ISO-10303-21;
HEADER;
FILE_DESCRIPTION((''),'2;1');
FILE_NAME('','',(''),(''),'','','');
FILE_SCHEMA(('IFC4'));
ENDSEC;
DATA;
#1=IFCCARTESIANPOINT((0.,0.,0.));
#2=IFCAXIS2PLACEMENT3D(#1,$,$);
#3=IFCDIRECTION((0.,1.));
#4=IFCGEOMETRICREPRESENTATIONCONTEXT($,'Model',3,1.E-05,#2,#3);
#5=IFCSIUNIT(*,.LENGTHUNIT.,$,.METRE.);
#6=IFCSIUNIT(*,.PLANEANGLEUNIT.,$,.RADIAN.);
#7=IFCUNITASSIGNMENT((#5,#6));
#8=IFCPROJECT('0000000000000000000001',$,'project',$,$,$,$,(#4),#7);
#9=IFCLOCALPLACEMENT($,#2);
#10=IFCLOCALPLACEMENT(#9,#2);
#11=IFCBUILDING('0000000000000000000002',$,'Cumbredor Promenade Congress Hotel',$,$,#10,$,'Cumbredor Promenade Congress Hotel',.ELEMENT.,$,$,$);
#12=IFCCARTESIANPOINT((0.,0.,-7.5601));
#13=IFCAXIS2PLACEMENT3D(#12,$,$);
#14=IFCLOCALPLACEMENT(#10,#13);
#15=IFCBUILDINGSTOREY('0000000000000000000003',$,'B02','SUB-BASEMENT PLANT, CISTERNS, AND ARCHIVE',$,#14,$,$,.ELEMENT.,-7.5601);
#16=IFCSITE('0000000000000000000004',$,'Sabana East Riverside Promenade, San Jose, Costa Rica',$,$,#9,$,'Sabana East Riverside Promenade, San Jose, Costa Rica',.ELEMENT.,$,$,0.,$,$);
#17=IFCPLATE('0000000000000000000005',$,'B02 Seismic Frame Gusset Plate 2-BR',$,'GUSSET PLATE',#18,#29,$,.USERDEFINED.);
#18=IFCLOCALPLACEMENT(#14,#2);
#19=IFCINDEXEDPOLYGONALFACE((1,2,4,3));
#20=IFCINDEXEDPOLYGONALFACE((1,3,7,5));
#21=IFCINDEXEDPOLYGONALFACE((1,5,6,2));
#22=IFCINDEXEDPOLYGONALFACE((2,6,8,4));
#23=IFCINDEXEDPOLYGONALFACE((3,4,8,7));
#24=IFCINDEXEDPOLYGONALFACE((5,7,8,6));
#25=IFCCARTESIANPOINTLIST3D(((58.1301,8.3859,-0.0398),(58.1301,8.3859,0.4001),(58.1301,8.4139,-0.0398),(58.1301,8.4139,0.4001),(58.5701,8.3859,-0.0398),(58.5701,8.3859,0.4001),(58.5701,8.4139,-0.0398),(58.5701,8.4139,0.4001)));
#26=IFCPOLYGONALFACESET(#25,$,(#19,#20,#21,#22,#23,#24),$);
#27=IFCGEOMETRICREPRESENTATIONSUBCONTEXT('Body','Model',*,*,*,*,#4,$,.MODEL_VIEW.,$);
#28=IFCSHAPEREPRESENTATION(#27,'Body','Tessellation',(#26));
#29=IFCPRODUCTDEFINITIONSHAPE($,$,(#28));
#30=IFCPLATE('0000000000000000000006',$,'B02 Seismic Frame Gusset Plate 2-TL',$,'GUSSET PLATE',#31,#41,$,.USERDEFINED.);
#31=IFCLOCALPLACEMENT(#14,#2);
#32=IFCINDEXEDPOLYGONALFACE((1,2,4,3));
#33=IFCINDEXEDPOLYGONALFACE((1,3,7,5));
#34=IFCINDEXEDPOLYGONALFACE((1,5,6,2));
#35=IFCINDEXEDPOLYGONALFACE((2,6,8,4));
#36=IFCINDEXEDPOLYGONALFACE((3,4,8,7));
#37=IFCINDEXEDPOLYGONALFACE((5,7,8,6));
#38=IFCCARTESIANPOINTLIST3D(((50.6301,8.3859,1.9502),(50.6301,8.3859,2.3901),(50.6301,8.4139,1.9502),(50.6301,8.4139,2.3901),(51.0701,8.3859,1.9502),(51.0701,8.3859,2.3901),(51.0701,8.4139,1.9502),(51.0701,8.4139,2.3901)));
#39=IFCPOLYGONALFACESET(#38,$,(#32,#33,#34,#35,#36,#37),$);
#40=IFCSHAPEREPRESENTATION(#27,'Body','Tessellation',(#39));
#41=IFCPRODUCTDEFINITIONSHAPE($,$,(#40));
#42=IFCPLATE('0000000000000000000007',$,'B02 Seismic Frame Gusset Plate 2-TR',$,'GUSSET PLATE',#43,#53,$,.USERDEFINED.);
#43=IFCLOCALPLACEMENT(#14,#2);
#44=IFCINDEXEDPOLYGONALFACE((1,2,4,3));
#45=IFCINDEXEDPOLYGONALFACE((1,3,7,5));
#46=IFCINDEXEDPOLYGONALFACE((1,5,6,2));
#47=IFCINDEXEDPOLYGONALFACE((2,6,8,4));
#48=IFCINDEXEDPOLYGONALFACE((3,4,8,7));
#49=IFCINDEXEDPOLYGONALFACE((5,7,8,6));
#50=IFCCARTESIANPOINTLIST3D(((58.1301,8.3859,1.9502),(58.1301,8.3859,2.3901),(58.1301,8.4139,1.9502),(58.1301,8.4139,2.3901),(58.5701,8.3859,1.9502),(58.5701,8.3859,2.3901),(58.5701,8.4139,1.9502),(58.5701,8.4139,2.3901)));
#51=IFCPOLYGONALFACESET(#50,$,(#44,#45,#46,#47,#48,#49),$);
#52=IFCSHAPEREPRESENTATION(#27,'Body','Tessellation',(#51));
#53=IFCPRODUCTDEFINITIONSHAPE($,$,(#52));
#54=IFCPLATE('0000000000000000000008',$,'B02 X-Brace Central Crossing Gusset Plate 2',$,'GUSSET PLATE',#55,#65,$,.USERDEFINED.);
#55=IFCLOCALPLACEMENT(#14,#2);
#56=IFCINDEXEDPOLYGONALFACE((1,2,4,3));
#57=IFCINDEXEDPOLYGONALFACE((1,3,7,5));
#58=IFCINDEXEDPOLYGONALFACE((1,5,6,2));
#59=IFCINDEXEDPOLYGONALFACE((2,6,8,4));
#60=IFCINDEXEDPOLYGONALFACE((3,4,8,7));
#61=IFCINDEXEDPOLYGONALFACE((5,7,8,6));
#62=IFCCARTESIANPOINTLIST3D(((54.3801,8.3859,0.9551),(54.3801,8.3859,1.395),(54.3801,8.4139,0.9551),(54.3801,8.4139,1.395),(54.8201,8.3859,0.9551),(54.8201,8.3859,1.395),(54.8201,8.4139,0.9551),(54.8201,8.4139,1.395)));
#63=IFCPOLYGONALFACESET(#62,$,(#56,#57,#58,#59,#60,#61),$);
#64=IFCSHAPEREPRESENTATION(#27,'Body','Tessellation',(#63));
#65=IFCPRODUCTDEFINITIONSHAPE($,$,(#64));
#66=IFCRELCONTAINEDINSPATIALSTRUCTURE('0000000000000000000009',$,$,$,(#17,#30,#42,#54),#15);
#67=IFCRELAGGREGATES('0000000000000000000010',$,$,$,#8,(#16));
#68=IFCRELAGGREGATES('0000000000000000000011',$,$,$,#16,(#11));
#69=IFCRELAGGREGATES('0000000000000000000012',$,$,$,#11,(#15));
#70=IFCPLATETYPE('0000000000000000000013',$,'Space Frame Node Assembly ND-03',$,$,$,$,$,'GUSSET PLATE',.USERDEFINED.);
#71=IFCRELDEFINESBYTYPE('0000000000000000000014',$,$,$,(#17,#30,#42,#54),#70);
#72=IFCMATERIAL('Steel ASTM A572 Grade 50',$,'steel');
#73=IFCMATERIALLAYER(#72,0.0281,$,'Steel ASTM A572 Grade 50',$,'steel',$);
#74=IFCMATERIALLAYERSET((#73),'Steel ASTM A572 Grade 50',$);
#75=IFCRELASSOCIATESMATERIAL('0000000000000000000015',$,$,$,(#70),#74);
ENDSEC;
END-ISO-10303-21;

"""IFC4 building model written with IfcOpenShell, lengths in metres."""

from ifc_helpers import new_model, si_unit, direction, frame, origin, origin_2d, place, context, subcontext, project, spatial, rectangle, extrude, material, layer, layer_set, type_object, element, save


model = new_model("IFC4")

# Units and contexts
model_context = context("Model", 3, precision=1e-05, world=origin(), true_north=direction((0.0, 1.0)))
body_context = subcontext(model_context, "Body", "Model", "MODEL_VIEW")
ifc_project = project(units=[si_unit("LENGTHUNIT", "METRE"), si_unit("PLANEANGLEUNIT", "RADIAN")], contexts=[model_context])

# Site, building, storey
site_placement = place(None, origin())
site = spatial("IfcSite", under=ifc_project, at=site_placement, Name="Sabana East Riverside Promenade, San Jose, Costa Rica", LongName="Sabana East Riverside Promenade, San Jose, Costa Rica", CompositionType="ELEMENT", RefElevation=0.0)
building_placement = place(site_placement, origin())
building = spatial("IfcBuilding", under=site, at=building_placement, Name="Cumbredor Promenade Congress Hotel", LongName="Cumbredor Promenade Congress Hotel", CompositionType="ELEMENT")
storey_placement = place(building_placement, frame((0.0, 0.0, -7.5601)))
storey = spatial("IfcBuildingStorey", under=building, at=storey_placement, Name="B02", Description="SUB-BASEMENT PLANT, CISTERNS, AND ARCHIVE", CompositionType="ELEMENT", Elevation=-7.5601)

# Plates
ifc_material_1 = material(Name="Steel ASTM A572 Grade 50", Category="steel")
ifc_layer_1 = layer(ifc_material_1, 0.0281, Name="Steel ASTM A572 Grade 50", Category="steel")
ifc_layer_set_1 = layer_set([ifc_layer_1], Name="Steel ASTM A572 Grade 50")
plate_type_1 = type_object("IfcPlateType", Name="Space Frame Node Assembly ND-03", ElementType="GUSSET PLATE", PredefinedType="USERDEFINED", material=ifc_layer_set_1)
for number, where, z_axis, x_axis, name in (
    (1, (58.3501, 8.3999, -0.0398), (0.0, 0.0, 1.0), (1.0, 0.0, 0.0), "B02 Seismic Frame Gusset Plate 2-BR"),
    (2, (50.8501, 8.3999, 1.9502), (0.0, 0.0, 1.0), (1.0, 0.0, 0.0), "B02 Seismic Frame Gusset Plate 2-TL"),
    (3, (58.3501, 8.3999, 1.9502), (0.0, 0.0, 1.0), (1.0, 0.0, 0.0), "B02 Seismic Frame Gusset Plate 2-TR"),
    (4, (54.6001, 8.3999, 0.9551), (0.0, 0.0, 1.0), (1.0, 0.0, 0.0), "B02 X-Brace Central Crossing Gusset Plate 2"),
):
    element("IfcPlate", number, at=place(storey_placement, frame(where, z_axis=z_axis, x_axis=x_axis)), inside=storey, type_object=plate_type_1, Name=name, ObjectType="GUSSET PLATE", PredefinedType="USERDEFINED", context=body_context, shape_type="SweptSolid", body=[
        extrude(rectangle(XDim=0.4399, YDim=0.0281, at=origin_2d()), origin(), (0.0, 0.0, 1.0), 0.4399),
    ])

save(model, "model.ifc")
